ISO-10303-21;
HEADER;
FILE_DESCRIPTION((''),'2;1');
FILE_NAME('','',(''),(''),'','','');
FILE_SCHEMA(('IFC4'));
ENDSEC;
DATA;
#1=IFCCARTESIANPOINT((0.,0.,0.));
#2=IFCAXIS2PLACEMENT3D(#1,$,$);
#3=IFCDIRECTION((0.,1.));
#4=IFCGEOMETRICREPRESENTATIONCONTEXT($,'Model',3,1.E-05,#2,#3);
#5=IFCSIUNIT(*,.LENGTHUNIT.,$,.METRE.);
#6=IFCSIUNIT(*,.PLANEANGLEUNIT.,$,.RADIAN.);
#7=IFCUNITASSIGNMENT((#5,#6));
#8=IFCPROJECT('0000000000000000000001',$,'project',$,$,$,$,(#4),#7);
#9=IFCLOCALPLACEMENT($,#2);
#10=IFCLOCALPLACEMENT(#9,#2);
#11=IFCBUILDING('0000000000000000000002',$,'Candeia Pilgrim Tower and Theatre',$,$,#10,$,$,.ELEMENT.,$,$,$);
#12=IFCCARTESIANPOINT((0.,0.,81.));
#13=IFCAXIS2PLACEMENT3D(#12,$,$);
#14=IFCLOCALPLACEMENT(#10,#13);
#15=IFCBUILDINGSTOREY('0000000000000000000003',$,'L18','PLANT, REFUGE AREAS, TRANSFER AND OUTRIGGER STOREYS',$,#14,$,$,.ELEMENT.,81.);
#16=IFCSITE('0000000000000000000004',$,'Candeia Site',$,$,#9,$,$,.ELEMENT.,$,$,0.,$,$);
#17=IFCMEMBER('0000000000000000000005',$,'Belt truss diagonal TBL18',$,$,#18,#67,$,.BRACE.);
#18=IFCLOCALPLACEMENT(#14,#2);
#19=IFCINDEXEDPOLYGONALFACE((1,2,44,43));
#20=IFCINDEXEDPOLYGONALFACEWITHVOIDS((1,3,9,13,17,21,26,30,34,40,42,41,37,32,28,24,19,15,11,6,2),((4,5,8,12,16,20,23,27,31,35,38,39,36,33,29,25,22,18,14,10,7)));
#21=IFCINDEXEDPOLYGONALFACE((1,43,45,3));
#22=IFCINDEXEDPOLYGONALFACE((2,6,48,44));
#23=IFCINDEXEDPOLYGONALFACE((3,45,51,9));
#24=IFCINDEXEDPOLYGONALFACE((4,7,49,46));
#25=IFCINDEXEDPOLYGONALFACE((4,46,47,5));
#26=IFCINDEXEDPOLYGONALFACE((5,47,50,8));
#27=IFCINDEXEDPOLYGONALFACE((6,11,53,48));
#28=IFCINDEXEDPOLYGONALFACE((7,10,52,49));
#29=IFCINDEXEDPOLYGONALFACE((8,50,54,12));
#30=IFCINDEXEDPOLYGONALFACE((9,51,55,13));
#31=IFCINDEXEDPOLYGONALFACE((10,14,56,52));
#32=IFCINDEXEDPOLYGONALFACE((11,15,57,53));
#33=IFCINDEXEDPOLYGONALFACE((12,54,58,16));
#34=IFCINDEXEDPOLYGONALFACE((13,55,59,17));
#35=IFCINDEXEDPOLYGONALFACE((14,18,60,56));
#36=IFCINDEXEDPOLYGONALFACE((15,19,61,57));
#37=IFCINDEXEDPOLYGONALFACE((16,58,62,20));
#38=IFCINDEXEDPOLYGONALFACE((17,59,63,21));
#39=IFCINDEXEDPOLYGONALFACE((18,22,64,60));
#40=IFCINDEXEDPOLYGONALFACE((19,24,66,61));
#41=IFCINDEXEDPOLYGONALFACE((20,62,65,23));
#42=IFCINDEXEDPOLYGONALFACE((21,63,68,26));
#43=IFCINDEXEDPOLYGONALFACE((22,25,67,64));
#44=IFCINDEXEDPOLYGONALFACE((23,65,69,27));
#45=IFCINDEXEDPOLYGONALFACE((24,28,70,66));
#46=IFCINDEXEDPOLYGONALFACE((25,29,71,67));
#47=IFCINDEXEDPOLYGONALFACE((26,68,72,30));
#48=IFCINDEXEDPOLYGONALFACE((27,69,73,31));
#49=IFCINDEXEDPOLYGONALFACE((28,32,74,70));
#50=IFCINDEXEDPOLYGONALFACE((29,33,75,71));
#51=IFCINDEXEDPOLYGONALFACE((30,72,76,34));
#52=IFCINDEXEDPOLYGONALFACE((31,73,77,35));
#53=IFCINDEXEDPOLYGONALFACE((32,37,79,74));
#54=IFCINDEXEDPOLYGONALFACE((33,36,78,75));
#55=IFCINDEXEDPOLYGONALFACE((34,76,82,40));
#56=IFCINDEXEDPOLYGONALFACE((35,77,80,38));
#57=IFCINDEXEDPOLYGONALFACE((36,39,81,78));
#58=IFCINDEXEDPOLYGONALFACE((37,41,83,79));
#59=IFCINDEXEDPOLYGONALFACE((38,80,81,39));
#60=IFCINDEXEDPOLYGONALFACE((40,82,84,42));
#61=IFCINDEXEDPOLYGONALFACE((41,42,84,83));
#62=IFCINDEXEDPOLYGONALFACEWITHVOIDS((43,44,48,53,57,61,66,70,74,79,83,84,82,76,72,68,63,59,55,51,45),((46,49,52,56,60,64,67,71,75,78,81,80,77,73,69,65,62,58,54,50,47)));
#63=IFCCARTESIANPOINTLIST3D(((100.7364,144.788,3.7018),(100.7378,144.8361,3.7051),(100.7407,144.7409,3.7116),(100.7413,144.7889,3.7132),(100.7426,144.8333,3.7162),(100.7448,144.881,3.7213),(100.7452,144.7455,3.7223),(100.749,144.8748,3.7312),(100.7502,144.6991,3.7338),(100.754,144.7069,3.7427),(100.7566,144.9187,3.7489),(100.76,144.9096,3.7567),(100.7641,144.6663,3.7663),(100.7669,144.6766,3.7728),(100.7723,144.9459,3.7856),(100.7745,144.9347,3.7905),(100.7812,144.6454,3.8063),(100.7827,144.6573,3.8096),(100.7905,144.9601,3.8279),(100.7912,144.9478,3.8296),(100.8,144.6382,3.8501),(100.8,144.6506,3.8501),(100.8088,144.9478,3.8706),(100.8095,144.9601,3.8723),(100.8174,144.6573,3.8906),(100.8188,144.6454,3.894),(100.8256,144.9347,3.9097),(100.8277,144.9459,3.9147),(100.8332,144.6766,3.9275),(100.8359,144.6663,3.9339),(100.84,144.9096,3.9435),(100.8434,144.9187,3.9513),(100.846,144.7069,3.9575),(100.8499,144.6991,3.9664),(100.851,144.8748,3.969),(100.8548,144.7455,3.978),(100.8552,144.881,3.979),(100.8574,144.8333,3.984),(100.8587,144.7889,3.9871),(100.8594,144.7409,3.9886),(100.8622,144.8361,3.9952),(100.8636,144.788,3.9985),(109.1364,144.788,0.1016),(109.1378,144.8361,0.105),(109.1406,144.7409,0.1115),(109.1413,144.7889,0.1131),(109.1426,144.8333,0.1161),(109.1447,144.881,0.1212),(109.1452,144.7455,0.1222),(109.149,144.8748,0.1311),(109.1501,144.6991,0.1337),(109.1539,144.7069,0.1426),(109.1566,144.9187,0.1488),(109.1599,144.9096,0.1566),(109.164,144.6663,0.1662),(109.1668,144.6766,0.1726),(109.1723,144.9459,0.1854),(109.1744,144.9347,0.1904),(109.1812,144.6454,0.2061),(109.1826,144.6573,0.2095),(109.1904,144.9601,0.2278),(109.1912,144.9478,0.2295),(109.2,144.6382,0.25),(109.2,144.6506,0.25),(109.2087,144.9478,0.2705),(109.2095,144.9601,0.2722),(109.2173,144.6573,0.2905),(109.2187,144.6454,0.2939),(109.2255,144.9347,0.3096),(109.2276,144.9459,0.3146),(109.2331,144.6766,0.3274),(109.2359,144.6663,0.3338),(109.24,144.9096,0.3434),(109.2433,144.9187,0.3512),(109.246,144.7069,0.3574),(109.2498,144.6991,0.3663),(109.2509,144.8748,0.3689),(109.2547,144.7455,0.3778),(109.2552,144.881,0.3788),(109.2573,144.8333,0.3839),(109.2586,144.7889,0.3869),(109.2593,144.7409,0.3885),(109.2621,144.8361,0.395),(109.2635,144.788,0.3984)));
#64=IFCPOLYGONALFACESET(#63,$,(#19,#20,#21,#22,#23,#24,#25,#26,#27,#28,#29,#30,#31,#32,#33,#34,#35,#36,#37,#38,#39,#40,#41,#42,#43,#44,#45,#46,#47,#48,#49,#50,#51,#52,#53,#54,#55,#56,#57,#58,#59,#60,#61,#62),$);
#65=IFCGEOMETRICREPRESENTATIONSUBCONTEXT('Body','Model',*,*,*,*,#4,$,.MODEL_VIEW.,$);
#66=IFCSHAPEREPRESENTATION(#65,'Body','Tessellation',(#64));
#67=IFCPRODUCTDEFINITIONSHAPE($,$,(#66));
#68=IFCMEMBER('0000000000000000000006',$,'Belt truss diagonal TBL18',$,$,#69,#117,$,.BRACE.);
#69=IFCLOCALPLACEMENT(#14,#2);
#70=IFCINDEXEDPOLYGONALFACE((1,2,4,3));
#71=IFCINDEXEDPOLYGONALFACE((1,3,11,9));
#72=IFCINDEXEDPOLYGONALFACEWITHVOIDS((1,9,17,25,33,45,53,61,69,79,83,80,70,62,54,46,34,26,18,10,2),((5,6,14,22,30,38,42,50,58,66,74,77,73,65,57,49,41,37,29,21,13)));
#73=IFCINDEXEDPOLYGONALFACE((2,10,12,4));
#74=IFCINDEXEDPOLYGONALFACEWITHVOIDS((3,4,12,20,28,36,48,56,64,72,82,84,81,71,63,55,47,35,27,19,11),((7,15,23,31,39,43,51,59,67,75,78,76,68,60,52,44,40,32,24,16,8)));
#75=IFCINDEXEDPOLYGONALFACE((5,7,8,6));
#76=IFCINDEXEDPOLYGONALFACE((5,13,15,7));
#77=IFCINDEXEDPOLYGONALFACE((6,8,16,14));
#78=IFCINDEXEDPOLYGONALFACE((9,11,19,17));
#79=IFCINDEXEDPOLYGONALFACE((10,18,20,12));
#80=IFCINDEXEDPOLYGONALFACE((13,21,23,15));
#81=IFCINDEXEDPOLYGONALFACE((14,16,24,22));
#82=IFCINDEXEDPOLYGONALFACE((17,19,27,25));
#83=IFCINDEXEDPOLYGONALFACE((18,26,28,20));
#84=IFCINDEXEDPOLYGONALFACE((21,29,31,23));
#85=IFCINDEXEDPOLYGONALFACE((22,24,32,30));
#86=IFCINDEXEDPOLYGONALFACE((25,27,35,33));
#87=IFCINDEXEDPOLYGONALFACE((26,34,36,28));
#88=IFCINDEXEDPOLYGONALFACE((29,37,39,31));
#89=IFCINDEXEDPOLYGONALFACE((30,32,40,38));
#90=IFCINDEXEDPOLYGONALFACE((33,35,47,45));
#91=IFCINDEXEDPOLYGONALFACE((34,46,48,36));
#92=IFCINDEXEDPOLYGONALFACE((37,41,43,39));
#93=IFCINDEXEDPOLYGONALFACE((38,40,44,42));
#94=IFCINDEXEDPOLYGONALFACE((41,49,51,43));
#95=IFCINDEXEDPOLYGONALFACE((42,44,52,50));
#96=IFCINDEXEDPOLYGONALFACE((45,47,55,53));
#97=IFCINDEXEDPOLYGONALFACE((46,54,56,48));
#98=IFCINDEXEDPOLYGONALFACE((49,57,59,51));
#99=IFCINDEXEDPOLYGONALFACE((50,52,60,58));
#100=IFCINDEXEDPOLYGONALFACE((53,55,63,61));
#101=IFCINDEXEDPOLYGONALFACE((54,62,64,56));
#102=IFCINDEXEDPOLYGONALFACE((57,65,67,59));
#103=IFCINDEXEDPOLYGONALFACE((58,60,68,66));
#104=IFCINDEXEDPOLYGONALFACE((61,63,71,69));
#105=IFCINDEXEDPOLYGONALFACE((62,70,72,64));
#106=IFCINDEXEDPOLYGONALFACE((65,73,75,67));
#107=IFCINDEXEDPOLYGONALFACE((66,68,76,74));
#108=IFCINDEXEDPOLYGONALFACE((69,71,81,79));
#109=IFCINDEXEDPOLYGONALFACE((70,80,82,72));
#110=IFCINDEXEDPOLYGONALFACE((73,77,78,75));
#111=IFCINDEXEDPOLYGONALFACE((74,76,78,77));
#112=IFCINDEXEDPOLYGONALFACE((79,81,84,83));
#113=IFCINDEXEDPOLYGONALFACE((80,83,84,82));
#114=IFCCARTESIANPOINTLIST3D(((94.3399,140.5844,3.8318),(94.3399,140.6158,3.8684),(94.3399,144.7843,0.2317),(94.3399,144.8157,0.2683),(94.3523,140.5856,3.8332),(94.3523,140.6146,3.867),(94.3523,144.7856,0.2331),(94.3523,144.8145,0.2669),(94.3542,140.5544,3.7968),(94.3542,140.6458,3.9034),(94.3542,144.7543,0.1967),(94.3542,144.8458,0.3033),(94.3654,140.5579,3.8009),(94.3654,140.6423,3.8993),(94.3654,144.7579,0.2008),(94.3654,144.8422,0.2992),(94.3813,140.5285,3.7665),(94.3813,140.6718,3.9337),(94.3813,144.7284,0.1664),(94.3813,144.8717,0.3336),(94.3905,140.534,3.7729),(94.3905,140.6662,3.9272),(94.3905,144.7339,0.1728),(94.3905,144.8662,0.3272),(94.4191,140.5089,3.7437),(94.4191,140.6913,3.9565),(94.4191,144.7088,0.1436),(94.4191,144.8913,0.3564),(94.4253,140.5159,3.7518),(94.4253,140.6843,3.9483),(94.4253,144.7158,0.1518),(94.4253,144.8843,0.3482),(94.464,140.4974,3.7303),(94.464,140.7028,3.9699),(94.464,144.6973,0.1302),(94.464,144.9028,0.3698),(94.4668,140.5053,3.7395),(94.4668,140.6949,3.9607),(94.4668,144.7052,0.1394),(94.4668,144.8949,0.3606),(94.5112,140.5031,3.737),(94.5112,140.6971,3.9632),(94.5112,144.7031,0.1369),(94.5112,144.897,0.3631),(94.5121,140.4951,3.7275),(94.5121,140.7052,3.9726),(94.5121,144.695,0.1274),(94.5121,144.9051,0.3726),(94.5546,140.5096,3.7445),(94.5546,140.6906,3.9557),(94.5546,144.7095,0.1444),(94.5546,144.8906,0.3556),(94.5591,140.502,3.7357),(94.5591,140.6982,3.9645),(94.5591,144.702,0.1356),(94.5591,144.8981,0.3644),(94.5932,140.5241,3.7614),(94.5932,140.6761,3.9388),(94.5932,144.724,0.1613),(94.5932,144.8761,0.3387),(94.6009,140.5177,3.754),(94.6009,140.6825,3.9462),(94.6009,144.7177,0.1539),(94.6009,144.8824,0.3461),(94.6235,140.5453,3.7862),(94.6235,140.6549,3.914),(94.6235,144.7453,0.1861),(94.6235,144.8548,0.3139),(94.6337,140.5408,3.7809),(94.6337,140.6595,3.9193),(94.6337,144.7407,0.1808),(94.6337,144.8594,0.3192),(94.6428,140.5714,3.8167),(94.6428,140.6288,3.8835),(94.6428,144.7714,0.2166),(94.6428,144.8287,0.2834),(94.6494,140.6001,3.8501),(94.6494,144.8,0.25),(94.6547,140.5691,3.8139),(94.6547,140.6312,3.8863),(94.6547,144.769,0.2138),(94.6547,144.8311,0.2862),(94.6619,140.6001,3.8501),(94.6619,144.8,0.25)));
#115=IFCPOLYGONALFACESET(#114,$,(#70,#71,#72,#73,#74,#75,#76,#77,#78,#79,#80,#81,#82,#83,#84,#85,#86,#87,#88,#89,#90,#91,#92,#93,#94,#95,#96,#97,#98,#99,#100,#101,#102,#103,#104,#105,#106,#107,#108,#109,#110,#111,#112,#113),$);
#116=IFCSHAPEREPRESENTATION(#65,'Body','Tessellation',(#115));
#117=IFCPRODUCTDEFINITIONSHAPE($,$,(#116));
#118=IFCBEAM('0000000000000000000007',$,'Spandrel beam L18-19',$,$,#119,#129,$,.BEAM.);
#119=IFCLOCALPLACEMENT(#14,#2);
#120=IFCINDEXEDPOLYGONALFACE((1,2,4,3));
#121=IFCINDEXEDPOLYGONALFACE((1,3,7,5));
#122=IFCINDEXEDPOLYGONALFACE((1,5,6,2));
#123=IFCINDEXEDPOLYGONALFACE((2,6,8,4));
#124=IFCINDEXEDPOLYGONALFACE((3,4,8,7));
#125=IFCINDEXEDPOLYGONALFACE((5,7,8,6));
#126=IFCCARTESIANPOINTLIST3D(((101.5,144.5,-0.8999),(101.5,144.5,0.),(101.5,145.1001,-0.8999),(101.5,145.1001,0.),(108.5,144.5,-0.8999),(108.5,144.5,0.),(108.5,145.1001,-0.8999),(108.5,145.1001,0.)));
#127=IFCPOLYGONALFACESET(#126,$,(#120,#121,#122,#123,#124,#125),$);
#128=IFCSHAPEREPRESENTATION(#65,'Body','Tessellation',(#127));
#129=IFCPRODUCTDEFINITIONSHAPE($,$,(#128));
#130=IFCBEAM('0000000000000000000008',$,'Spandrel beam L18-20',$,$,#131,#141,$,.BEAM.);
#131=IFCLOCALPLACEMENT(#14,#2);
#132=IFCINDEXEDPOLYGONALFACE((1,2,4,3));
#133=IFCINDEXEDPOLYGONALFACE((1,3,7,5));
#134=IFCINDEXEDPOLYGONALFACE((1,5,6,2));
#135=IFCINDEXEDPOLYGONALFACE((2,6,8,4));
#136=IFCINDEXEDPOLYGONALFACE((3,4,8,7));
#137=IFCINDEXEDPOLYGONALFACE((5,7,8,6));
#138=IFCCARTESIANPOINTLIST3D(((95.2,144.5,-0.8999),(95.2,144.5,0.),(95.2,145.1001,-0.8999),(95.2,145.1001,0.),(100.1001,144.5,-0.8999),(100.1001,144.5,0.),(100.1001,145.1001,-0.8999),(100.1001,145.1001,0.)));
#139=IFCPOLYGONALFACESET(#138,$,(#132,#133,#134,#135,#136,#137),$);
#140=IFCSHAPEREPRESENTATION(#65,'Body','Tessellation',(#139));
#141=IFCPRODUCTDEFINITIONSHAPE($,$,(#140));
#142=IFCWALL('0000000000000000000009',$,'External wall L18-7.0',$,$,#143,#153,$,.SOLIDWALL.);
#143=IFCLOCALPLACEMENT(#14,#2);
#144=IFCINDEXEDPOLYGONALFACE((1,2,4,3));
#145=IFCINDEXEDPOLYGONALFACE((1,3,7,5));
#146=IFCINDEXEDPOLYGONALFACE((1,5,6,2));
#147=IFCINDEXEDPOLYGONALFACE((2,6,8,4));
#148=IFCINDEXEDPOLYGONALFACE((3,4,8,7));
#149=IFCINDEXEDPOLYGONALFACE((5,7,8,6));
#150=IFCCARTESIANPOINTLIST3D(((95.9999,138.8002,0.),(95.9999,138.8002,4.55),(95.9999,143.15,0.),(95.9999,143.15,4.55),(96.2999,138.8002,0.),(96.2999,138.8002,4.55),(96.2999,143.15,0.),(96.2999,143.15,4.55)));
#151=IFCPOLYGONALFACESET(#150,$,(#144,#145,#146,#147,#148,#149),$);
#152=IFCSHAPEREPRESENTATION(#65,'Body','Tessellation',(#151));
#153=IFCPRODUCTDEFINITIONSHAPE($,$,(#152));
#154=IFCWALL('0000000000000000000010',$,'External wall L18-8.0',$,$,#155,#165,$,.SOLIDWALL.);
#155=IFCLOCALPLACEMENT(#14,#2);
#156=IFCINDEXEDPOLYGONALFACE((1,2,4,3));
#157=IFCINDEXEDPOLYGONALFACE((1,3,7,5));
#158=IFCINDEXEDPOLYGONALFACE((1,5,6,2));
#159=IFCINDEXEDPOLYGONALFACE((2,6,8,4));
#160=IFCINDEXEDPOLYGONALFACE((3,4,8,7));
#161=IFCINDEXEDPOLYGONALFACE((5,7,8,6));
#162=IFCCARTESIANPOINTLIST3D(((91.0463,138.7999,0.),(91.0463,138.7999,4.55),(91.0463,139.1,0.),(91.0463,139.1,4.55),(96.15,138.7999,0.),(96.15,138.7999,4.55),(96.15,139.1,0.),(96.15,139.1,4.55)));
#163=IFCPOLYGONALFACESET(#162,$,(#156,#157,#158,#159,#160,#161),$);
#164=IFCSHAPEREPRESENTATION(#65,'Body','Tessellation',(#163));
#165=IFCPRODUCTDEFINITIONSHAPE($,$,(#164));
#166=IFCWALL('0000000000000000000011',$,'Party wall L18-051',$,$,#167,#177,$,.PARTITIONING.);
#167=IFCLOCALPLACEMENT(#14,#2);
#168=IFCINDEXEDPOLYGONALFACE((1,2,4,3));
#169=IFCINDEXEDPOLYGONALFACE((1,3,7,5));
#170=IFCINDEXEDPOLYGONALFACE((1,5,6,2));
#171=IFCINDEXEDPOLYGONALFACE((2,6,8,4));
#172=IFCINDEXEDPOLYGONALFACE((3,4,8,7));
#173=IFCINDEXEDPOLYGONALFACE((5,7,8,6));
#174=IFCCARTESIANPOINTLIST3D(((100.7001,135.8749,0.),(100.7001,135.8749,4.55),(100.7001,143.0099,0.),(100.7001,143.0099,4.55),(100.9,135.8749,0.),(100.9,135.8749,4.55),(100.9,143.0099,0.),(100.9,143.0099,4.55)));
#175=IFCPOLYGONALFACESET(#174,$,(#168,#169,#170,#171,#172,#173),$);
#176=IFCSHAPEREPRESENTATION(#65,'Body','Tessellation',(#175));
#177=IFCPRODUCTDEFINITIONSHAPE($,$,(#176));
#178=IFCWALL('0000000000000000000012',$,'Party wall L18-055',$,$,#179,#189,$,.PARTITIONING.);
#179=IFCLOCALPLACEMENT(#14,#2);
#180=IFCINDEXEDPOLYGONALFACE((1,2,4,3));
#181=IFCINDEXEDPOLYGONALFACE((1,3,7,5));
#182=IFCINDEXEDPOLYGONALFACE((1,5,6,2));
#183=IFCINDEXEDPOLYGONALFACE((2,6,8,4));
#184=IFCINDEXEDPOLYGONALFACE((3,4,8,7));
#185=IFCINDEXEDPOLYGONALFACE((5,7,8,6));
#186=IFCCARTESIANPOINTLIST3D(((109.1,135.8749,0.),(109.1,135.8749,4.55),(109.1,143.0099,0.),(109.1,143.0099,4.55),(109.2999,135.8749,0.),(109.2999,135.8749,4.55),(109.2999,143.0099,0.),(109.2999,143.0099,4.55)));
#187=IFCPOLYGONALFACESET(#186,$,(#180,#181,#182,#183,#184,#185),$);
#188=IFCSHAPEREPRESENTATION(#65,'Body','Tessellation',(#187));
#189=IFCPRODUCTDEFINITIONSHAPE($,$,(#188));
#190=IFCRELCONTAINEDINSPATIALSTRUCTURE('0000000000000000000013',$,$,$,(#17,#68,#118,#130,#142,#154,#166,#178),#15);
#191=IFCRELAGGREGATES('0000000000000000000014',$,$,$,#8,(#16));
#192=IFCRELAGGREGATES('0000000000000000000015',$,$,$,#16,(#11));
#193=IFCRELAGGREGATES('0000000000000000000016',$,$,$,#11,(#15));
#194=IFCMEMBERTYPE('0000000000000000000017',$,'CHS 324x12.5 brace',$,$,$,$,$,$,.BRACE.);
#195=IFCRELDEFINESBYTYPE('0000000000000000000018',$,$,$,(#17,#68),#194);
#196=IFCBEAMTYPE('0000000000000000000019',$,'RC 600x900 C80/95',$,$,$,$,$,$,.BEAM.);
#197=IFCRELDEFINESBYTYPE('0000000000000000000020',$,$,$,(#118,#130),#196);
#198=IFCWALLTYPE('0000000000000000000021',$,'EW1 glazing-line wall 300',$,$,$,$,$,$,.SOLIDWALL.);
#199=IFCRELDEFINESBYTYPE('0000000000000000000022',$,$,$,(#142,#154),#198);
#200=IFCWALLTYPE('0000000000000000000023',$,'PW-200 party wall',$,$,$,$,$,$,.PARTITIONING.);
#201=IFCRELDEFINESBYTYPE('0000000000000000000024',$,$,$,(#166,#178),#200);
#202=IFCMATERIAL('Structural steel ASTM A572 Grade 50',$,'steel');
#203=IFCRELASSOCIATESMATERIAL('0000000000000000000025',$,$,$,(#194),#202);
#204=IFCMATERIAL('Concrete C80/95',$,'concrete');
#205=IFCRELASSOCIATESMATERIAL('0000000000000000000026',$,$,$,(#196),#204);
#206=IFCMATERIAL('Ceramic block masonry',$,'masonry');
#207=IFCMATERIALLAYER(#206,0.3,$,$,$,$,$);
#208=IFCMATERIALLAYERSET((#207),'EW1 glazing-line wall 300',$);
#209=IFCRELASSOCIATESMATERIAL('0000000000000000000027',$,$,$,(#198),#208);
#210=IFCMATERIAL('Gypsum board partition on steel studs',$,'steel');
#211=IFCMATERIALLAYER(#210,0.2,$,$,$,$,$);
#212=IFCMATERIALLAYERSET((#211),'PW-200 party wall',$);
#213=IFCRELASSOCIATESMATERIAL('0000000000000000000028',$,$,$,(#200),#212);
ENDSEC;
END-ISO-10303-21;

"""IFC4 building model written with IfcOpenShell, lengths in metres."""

from ifc_helpers import new_model, si_unit, direction, frame, frame_2d, origin, origin_2d, place, context, subcontext, project, spatial, rectangle, hollow_circle, extrude, material, layer, layer_set, material_profile, profile_set, type_object, element, save


model = new_model("IFC4")

# Units and contexts
model_context = context("Model", 3, precision=1e-05, world=origin(), true_north=direction((0.0, 1.0)))
body_context = subcontext(model_context, "Body", "Model", "MODEL_VIEW")
ifc_project = project(units=[si_unit("LENGTHUNIT", "METRE"), si_unit("PLANEANGLEUNIT", "RADIAN")], contexts=[model_context])

# Site, building, storey
site_placement = place(None, origin())
site = spatial("IfcSite", under=ifc_project, at=site_placement, Name="Candeia Site", CompositionType="ELEMENT", RefElevation=0.0)
building_placement = place(site_placement, origin())
building = spatial("IfcBuilding", under=site, at=building_placement, Name="Candeia Pilgrim Tower and Theatre", CompositionType="ELEMENT")
storey_placement = place(building_placement, frame((0.0, 0.0, 81.0)))
storey = spatial("IfcBuildingStorey", under=building, at=storey_placement, Name="L18", Description="PLANT, REFUGE AREAS, TRANSFER AND OUTRIGGER STOREYS", CompositionType="ELEMENT", Elevation=81.0)

# Shared definitions
ifc_material_1 = material(Name="Concrete C80/95", Category="concrete")

# Members
ifc_material_2 = material(Name="Structural steel ASTM A572 Grade 50", Category="steel")
ifc_material_profile_1 = material_profile(ifc_material_2, hollow_circle(Radius=0.1619, WallThickness=0.0125, at=origin_2d()))
ifc_profile_set_1 = profile_set([ifc_material_profile_1], Name="Structural steel ASTM A572 Grade 50")
member_type_1 = type_object("IfcMemberType", Name="CHS 324x12.5 brace", PredefinedType="BRACE", material=ifc_profile_set_1)
member_1_placement = place(storey_placement, frame((109.2, 144.8, 0.25), z_axis=(-0.91914, 0.0, 0.393932), x_axis=(0.0, -1.0, 0.0)))
element("IfcMember", 1, at=member_1_placement, inside=storey, type_object=member_type_1, Name="Belt truss diagonal TBL18", PredefinedType="BRACE", context=body_context, shape_type="SweptSolid", body=[
    extrude(hollow_circle(Radius=0.1619, WallThickness=0.0125, at=origin_2d()), origin(), (0.0, 0.0, 1.0), 9.1389),
])
member_2_placement = place(storey_placement, frame((94.5, 144.8, 0.25), z_axis=(0.0, -0.759244, 0.650806), x_axis=(1.0, 0.0, 0.0)))
element("IfcMember", 2, at=member_2_placement, inside=storey, type_object=member_type_1, Name="Belt truss diagonal TBL18", PredefinedType="BRACE", context=body_context, shape_type="SweptSolid", body=[
    extrude(hollow_circle(Radius=0.1619, WallThickness=0.0125, at=origin_2d()), origin(), (0.0, 0.0, 1.0), 5.5317),
])

# Beams
ifc_material_profile_2 = material_profile(ifc_material_1, rectangle(XDim=0.6001, YDim=0.8999, at=origin_2d()))
ifc_profile_set_2 = profile_set([ifc_material_profile_2], Name="Concrete C80/95")
beam_type = type_object("IfcBeamType", Name="RC 600x900 C80/95", PredefinedType="BEAM", material=ifc_profile_set_2)
beam_1_placement = place(storey_placement, frame((108.5, 144.8, -0.45), z_axis=(-1.0, 0.0, 0.0), x_axis=(0.0, -1.0, 0.0)))
element("IfcBeam", 3, at=beam_1_placement, inside=storey, type_object=beam_type, Name="Spandrel beam L18-19", PredefinedType="BEAM", context=body_context, shape_type="SweptSolid", body=[
    extrude(rectangle(XDim=0.6001, YDim=0.8999, at=origin_2d()), origin(), (0.0, 0.0, 1.0), 7.0),
])
beam_2_placement = place(storey_placement, frame((100.1001, 144.8, -0.45), z_axis=(-1.0, 0.0, 0.0), x_axis=(0.0, -1.0, 0.0)))
element("IfcBeam", 4, at=beam_2_placement, inside=storey, type_object=beam_type, Name="Spandrel beam L18-20", PredefinedType="BEAM", context=body_context, shape_type="SweptSolid", body=[
    extrude(rectangle(XDim=0.6001, YDim=0.8999, at=origin_2d()), origin(), (0.0, 0.0, 1.0), 4.9001),
])

# Walls
ifc_material_3 = material(Name="Ceramic block masonry", Category="masonry")
ifc_layer_1 = layer(ifc_material_3, 0.3)
ifc_layer_set_1 = layer_set([ifc_layer_1], Name="EW1 glazing-line wall 300")
wall_type_1 = type_object("IfcWallType", Name="EW1 glazing-line wall 300", PredefinedType="SOLIDWALL", material=ifc_layer_set_1)
wall_1_placement = place(storey_placement, frame((96.1499, 143.1499, 0.0), z_axis=(0.0, 0.0, 1.0), x_axis=(0.0, -1.0, 0.0)))
element("IfcWall", 5, at=wall_1_placement, inside=storey, type_object=wall_type_1, Name="External wall L18-7.0", PredefinedType="SOLIDWALL", context=body_context, shape_type="SweptSolid", body=[
    extrude(rectangle(XDim=4.3499, YDim=0.3, at=frame_2d((2.1748, 0.0))), origin(), (0.0, 0.0, 1.0), 4.55),
])
wall_2_placement = place(storey_placement, frame((96.1499, 138.95, 0.0), z_axis=(0.0, 0.0, 1.0), x_axis=(-1.0, 0.0, 0.0)))
element("IfcWall", 6, at=wall_2_placement, inside=storey, type_object=wall_type_1, Name="External wall L18-8.0", PredefinedType="SOLIDWALL", context=body_context, shape_type="SweptSolid", body=[
    extrude(rectangle(XDim=5.1038, YDim=0.3, at=frame_2d((2.5518, 0.0))), origin(), (0.0, 0.0, 1.0), 4.55),
])
ifc_material_4 = material(Name="Gypsum board partition on steel studs", Category="steel")
ifc_layer_2 = layer(ifc_material_4, 0.2)
ifc_layer_set_2 = layer_set([ifc_layer_2], Name="PW-200 party wall")
wall_type_2 = type_object("IfcWallType", Name="PW-200 party wall", PredefinedType="PARTITIONING", material=ifc_layer_set_2)
for number, where, z_axis, x_axis, name in (
    (7, (100.8, 135.875, 0.0), (0.0, 0.0, 1.0), (0.0, 1.0, 0.0), "Party wall L18-051"),
    (8, (109.2, 135.875, 0.0), (0.0, 0.0, 1.0), (0.0, 1.0, 0.0), "Party wall L18-055"),
):
    element("IfcWall", number, at=place(storey_placement, frame(where, z_axis=z_axis, x_axis=x_axis)), inside=storey, type_object=wall_type_2, Name=name, PredefinedType="PARTITIONING", context=body_context, shape_type="SweptSolid", body=[
        extrude(rectangle(XDim=7.135, YDim=0.2, at=frame_2d((3.5674, 0.0))), origin(), (0.0, 0.0, 1.0), 4.55),
    ])

save(model, "model.ifc")
